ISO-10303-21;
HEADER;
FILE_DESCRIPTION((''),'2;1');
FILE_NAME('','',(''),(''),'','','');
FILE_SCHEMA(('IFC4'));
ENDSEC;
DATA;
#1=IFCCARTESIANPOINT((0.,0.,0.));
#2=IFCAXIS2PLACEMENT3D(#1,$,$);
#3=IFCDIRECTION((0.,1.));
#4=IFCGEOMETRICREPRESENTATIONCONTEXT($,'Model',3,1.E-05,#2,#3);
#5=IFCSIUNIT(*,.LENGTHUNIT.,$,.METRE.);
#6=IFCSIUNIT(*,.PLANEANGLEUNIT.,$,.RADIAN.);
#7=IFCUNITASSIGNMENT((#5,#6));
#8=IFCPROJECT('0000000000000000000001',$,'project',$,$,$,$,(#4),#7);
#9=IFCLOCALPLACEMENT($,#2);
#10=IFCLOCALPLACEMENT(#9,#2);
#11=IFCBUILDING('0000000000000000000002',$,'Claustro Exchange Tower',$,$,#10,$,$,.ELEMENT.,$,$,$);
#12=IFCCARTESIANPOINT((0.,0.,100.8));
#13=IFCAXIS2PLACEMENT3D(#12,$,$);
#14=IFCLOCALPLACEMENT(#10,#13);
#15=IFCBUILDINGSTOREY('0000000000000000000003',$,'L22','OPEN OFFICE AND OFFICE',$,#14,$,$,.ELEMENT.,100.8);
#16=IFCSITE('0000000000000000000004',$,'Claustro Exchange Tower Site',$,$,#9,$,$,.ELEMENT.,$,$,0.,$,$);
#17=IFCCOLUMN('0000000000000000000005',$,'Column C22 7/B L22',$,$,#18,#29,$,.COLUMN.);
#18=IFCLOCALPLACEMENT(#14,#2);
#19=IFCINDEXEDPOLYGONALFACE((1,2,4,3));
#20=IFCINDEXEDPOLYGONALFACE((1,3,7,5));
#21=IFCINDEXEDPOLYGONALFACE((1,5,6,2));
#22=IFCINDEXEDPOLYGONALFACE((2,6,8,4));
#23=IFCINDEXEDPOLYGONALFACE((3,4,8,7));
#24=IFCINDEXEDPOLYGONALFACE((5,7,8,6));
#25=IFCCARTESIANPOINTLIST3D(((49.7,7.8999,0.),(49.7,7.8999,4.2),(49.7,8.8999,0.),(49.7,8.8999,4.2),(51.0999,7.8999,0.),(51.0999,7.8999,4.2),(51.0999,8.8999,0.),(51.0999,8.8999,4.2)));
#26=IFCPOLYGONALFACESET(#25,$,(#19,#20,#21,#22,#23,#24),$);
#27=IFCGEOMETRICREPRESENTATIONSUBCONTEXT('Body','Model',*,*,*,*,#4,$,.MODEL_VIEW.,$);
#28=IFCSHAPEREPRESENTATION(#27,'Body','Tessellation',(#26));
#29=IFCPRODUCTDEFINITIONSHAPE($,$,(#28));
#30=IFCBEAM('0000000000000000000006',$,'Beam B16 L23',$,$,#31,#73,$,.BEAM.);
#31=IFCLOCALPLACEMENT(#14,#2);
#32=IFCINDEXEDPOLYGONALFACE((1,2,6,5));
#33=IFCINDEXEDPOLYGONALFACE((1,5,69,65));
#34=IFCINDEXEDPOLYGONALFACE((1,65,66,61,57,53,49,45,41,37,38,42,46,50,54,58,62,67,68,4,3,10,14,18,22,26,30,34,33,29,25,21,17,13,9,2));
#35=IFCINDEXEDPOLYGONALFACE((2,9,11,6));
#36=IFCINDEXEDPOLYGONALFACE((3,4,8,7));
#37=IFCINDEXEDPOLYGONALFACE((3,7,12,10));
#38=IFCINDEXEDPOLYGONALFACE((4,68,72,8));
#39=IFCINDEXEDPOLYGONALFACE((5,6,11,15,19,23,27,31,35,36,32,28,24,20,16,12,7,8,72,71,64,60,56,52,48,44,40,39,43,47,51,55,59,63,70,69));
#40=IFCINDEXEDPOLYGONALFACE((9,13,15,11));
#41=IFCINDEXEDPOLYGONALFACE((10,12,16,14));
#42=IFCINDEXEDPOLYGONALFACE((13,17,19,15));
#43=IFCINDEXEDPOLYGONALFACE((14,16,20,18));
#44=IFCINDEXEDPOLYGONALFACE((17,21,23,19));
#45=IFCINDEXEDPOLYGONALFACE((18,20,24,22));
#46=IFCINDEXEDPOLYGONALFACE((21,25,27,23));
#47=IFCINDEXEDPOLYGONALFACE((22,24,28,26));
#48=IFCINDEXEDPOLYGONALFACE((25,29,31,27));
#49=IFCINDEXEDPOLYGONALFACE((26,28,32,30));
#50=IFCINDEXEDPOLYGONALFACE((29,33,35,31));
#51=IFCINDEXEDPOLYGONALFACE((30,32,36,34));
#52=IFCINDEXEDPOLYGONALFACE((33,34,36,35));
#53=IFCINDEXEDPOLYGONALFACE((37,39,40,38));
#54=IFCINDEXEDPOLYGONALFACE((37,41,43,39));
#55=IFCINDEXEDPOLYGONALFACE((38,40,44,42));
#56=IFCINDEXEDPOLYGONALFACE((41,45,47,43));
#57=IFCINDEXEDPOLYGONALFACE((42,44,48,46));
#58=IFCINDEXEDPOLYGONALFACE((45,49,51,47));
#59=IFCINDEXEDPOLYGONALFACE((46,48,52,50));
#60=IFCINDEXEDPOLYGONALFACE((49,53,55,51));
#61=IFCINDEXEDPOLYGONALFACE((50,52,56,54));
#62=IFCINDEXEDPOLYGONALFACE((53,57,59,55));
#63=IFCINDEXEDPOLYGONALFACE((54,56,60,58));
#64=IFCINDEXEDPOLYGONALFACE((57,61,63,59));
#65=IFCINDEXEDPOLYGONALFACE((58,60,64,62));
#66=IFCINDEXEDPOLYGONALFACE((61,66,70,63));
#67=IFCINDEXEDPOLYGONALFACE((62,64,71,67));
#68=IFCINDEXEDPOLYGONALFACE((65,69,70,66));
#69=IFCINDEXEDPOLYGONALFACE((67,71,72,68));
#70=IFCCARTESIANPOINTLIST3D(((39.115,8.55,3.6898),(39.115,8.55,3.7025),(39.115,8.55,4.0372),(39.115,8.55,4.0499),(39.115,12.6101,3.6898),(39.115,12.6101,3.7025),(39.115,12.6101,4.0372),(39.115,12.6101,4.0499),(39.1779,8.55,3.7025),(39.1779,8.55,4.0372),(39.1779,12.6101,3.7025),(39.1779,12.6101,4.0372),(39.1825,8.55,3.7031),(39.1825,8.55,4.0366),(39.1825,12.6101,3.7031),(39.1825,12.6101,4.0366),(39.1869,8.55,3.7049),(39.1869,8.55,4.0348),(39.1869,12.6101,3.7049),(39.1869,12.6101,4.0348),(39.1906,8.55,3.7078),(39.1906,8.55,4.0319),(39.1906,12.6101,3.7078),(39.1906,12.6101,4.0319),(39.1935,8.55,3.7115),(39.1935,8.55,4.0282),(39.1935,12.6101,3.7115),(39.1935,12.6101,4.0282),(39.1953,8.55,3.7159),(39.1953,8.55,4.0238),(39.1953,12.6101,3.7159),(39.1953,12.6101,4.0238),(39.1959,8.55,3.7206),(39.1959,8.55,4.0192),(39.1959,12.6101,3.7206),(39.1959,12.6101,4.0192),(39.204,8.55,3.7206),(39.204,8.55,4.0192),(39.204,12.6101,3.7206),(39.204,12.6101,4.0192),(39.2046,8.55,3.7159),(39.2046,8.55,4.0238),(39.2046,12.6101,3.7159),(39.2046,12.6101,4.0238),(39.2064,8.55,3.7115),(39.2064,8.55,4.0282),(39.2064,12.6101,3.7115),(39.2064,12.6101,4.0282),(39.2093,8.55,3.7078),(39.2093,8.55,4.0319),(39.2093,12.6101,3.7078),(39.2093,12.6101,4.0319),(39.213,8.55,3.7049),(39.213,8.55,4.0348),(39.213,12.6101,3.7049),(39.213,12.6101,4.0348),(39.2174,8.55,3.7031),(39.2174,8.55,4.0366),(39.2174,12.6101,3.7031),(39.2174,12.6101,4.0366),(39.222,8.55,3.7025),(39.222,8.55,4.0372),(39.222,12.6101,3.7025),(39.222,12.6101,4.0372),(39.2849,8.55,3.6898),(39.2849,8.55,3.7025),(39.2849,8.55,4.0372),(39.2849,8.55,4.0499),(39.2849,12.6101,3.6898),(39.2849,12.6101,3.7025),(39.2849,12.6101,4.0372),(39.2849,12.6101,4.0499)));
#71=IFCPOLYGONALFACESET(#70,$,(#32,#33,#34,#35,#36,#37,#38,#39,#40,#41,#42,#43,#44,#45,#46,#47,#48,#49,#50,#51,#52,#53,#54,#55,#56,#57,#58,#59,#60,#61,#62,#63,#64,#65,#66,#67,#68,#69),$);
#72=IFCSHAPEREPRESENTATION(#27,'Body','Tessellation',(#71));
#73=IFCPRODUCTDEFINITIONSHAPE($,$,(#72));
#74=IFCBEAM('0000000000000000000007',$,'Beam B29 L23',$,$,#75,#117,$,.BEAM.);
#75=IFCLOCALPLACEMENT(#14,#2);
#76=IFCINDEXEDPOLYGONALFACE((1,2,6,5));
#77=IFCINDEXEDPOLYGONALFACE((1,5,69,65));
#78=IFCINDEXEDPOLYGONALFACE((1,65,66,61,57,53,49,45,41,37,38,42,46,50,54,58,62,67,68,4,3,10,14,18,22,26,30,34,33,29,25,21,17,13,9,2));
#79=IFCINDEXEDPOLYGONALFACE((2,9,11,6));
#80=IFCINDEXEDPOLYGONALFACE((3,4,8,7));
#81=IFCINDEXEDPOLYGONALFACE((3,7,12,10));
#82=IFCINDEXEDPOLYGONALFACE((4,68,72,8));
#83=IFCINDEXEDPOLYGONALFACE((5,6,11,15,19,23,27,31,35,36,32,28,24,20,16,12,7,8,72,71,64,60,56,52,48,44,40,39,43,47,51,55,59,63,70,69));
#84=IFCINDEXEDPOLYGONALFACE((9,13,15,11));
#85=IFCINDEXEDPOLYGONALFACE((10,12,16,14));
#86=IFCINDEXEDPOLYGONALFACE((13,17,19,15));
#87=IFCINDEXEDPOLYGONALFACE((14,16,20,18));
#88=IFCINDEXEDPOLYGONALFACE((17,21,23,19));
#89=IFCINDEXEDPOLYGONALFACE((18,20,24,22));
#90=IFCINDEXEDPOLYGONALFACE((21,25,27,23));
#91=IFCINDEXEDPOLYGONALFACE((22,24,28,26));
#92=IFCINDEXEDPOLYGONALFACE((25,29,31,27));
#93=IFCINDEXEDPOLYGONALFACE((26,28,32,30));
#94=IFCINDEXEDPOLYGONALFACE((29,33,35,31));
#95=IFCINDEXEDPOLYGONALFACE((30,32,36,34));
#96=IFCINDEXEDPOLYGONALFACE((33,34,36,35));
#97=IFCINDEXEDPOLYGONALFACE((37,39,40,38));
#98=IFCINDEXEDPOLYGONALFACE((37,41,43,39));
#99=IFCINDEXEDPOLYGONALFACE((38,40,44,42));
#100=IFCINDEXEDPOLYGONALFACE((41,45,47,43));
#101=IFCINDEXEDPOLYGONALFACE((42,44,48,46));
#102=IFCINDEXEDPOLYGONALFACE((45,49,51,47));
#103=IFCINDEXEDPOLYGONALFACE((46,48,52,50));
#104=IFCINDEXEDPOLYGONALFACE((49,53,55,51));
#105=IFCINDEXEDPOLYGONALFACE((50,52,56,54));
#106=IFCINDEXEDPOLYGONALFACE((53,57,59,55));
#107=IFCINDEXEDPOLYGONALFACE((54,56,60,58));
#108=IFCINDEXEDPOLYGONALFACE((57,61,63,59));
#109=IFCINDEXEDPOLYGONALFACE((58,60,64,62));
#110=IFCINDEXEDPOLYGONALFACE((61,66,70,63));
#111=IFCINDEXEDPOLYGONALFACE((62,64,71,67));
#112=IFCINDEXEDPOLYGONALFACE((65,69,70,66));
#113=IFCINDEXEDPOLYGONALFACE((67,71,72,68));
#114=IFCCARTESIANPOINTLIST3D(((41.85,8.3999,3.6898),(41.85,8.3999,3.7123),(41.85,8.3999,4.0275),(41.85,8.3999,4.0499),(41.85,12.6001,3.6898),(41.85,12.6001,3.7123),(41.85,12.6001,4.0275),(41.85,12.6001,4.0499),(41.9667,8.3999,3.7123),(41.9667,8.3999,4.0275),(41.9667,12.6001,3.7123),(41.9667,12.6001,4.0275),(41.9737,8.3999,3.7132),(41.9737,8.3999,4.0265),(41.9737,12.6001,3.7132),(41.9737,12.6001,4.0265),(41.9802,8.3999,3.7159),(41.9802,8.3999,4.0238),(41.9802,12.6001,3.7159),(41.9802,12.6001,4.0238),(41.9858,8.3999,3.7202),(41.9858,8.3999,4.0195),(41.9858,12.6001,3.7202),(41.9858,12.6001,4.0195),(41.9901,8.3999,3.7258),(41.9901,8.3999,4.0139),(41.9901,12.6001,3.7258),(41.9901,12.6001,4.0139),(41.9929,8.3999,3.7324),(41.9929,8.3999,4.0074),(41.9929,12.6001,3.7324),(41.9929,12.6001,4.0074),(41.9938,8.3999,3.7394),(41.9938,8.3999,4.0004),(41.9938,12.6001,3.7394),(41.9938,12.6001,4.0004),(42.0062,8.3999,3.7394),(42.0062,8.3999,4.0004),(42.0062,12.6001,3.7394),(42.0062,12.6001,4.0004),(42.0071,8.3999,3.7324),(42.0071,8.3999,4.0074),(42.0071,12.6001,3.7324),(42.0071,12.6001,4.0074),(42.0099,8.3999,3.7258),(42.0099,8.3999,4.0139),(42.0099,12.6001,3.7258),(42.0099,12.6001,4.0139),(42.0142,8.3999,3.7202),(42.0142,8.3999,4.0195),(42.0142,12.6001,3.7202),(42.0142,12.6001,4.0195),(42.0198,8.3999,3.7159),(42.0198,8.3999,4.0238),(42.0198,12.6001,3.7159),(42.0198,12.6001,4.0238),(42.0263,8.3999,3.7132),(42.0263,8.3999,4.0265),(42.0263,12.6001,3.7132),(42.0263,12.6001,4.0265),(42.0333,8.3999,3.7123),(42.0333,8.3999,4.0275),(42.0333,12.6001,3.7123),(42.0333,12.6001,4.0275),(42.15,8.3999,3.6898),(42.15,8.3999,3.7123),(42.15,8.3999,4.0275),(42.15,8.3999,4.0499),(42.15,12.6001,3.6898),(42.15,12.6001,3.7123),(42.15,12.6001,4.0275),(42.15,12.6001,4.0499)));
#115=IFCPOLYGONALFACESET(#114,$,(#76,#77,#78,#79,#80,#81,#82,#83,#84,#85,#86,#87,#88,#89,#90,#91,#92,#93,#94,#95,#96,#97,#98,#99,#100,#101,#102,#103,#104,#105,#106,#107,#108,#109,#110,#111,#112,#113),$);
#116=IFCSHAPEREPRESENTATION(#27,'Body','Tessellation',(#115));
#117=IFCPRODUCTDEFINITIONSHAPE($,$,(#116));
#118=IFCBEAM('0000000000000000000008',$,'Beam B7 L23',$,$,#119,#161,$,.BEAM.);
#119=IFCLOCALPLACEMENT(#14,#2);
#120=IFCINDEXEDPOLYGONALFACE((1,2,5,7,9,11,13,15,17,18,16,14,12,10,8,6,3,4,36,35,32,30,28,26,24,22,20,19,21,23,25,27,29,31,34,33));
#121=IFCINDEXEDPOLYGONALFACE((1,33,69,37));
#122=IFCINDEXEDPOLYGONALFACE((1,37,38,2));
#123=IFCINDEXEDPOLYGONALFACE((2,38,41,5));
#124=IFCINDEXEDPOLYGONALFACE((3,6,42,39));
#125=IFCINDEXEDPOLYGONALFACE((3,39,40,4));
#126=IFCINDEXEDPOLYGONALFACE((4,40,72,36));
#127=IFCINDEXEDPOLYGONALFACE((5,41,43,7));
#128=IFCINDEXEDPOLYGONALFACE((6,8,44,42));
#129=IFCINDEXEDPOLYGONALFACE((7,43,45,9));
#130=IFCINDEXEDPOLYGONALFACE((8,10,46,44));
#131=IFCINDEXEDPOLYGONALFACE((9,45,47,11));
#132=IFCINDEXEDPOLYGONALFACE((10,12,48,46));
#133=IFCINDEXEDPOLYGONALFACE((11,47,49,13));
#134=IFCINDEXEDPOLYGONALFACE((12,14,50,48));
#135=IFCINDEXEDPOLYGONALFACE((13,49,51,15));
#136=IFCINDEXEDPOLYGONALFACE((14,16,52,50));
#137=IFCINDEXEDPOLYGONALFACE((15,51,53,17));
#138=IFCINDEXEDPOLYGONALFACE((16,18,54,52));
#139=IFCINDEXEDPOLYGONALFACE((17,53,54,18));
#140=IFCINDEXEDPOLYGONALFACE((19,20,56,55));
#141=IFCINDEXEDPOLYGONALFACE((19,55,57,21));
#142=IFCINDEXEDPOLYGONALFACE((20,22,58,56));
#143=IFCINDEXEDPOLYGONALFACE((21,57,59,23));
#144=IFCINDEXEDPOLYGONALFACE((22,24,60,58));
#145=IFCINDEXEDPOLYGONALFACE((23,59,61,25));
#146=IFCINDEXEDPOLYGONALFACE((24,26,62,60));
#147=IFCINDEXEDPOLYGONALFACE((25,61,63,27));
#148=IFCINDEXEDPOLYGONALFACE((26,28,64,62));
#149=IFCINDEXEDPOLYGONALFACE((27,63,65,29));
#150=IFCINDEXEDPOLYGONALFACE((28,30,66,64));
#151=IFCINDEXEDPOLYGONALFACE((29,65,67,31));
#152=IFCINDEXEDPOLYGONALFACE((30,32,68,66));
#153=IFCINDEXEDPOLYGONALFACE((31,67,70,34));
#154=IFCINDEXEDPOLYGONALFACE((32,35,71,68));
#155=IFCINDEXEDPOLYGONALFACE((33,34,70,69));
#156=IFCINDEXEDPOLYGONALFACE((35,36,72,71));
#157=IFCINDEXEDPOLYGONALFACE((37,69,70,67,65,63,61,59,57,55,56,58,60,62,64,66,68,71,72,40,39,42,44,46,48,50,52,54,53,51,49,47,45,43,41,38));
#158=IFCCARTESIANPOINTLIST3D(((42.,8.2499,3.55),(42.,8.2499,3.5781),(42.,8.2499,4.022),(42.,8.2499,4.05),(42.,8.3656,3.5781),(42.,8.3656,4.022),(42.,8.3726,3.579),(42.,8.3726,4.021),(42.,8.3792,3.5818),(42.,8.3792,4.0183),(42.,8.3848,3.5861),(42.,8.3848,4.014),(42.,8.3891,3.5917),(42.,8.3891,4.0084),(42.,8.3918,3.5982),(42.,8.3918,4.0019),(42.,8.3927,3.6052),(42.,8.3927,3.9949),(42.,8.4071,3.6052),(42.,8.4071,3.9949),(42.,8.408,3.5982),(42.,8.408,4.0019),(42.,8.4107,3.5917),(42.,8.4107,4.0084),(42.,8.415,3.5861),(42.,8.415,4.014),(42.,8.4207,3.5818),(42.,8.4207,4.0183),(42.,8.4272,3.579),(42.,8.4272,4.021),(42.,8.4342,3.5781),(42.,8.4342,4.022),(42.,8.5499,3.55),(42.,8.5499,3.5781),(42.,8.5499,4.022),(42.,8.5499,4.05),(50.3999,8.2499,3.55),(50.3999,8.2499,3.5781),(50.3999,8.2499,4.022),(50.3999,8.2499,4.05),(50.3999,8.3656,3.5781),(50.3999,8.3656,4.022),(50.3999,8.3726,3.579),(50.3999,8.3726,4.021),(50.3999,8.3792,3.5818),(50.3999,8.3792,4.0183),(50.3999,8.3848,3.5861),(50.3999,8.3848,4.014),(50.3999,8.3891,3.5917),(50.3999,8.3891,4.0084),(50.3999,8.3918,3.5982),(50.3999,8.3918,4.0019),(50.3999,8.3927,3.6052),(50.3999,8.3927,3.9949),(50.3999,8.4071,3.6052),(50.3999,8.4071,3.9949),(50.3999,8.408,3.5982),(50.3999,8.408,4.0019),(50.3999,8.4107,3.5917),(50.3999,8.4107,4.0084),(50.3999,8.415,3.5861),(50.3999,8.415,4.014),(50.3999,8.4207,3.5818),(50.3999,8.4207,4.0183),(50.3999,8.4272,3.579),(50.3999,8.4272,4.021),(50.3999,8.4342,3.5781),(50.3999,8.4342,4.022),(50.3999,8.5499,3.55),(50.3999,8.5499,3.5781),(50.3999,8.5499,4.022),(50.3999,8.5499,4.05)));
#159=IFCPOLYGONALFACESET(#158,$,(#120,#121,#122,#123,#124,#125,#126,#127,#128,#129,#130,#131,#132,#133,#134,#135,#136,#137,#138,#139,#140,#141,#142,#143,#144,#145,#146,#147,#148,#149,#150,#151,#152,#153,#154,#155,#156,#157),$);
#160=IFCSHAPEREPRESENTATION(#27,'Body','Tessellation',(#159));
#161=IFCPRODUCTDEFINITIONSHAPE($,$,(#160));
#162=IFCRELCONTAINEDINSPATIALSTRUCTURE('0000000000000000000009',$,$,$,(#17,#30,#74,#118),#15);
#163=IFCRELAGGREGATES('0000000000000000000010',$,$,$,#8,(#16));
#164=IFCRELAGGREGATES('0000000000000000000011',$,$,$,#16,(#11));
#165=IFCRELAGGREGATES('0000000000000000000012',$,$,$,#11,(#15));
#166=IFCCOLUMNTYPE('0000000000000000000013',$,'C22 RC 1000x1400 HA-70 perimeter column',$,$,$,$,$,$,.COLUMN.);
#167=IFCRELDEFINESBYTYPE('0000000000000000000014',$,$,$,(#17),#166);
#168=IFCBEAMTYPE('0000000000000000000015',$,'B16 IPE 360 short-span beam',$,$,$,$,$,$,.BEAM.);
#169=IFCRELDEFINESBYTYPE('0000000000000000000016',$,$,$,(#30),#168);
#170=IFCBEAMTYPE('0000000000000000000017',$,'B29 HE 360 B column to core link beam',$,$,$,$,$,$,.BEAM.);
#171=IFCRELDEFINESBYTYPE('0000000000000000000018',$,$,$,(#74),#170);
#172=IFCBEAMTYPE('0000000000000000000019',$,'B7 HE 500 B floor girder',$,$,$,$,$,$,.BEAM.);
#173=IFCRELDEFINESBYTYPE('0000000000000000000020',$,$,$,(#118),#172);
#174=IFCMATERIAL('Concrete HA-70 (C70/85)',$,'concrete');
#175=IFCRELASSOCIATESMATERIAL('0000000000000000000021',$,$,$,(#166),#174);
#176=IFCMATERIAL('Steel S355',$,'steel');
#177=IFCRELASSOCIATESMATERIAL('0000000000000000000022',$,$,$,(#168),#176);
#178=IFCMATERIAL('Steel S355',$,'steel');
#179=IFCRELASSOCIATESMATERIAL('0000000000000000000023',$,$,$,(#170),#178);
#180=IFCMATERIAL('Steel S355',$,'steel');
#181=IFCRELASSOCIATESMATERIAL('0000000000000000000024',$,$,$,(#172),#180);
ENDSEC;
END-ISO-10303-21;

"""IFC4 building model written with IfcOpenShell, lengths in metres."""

from ifc_helpers import new_model, si_unit, direction, frame, origin, origin_2d, place, context, subcontext, project, spatial, rectangle, i_section, extrude, material, material_profile, profile_set, type_object, element, save


model = new_model("IFC4")

# Units and contexts
model_context = context("Model", 3, precision=1e-05, world=origin(), true_north=direction((0.0, 1.0)))
body_context = subcontext(model_context, "Body", "Model", "MODEL_VIEW")
ifc_project = project(units=[si_unit("LENGTHUNIT", "METRE"), si_unit("PLANEANGLEUNIT", "RADIAN")], contexts=[model_context])

# Site, building, storey
site_placement = place(None, origin())
site = spatial("IfcSite", under=ifc_project, at=site_placement, Name="Claustro Exchange Tower Site", CompositionType="ELEMENT", RefElevation=0.0)
building_placement = place(site_placement, origin())
building = spatial("IfcBuilding", under=site, at=building_placement, Name="Claustro Exchange Tower", CompositionType="ELEMENT")
storey_placement = place(building_placement, frame((0.0, 0.0, 100.8)))
storey = spatial("IfcBuildingStorey", under=building, at=storey_placement, Name="L22", Description="OPEN OFFICE AND OFFICE", CompositionType="ELEMENT", Elevation=100.8)

# Column
ifc_material_1 = material(Name="Concrete HA-70 (C70/85)", Category="concrete")
ifc_material_profile_1 = material_profile(ifc_material_1, rectangle(XDim=1.0, YDim=1.3999, at=origin_2d()), Name="RC 1000x1400")
ifc_profile_set_1 = profile_set([ifc_material_profile_1], Name="Concrete HA-70 (C70/85)")
column_type = type_object("IfcColumnType", Name="C22 RC 1000x1400 HA-70 perimeter column", PredefinedType="COLUMN", material=ifc_profile_set_1)
column_placement = place(storey_placement, frame((50.3999, 8.3999, 0.0), z_axis=(0.0, 0.0, 1.0), x_axis=(0.0, 1.0, 0.0)))
element("IfcColumn", 1, at=column_placement, inside=storey, type_object=column_type, Name="Column C22 7/B L22", PredefinedType="COLUMN", context=body_context, shape_type="SweptSolid", body=[
    extrude(rectangle(XDim=1.0, YDim=1.3999, at=origin_2d()), origin(), (0.0, 0.0, 1.0), 4.2),
])

# Beams
ifc_material_2 = material(Name="Steel S355", Category="steel")
ifc_material_profile_2 = material_profile(ifc_material_2, i_section(OverallWidth=0.1699, OverallDepth=0.3601, WebThickness=0.0081, FlangeThickness=0.0127, FilletRadius=0.0181, at=origin_2d()), Name="IPE 360")
ifc_profile_set_2 = profile_set([ifc_material_profile_2], Name="Steel S355")
beam_type_1 = type_object("IfcBeamType", Name="B16 IPE 360 short-span beam", PredefinedType="BEAM", material=ifc_profile_set_2)
beam_1_placement = place(storey_placement, frame((39.2, 8.55, 3.8699), z_axis=(0.0, 1.0, 0.0), x_axis=(-1.0, 0.0, 0.0)))
element("IfcBeam", 2, at=beam_1_placement, inside=storey, type_object=beam_type_1, Name="Beam B16 L23", PredefinedType="BEAM", context=body_context, shape_type="SweptSolid", body=[
    extrude(i_section(OverallWidth=0.1699, OverallDepth=0.3601, WebThickness=0.0081, FlangeThickness=0.0127, FilletRadius=0.0181, at=origin_2d()), origin(), (0.0, 0.0, 1.0), 4.0601),
])
ifc_material_3 = material(Name="Steel S355", Category="steel")
ifc_material_profile_3 = material_profile(ifc_material_3, i_section(OverallWidth=0.3, OverallDepth=0.3601, WebThickness=0.0125, FlangeThickness=0.0225, FilletRadius=0.0271, at=origin_2d()), Name="HE 360 B")
ifc_profile_set_3 = profile_set([ifc_material_profile_3], Name="Steel S355")
beam_type_2 = type_object("IfcBeamType", Name="B29 HE 360 B column to core link beam", PredefinedType="BEAM", material=ifc_profile_set_3)
beam_2_placement = place(storey_placement, frame((42.0, 8.3999, 3.8699), z_axis=(0.0, 1.0, 0.0), x_axis=(-1.0, 0.0, 0.0)))
element("IfcBeam", 3, at=beam_2_placement, inside=storey, type_object=beam_type_2, Name="Beam B29 L23", PredefinedType="BEAM", context=body_context, shape_type="SweptSolid", body=[
    extrude(i_section(OverallWidth=0.3, OverallDepth=0.3601, WebThickness=0.0125, FlangeThickness=0.0225, FilletRadius=0.0271, at=origin_2d()), origin(), (0.0, 0.0, 1.0), 4.2002),
])
ifc_material_4 = material(Name="Steel S355", Category="steel")
ifc_material_profile_4 = material_profile(ifc_material_4, i_section(OverallWidth=0.3, OverallDepth=0.5, WebThickness=0.0144, FlangeThickness=0.0281, FilletRadius=0.0271, at=origin_2d()), Name="HE 500 B")
ifc_profile_set_4 = profile_set([ifc_material_profile_4], Name="Steel S355")
beam_type_3 = type_object("IfcBeamType", Name="B7 HE 500 B floor girder", PredefinedType="BEAM", material=ifc_profile_set_4)
beam_3_placement = place(storey_placement, frame((42.0, 8.3999, 3.8), z_axis=(1.0, 0.0, 0.0), x_axis=(0.0, 1.0, 0.0)))
element("IfcBeam", 4, at=beam_3_placement, inside=storey, type_object=beam_type_3, Name="Beam B7 L23", PredefinedType="BEAM", context=body_context, shape_type="SweptSolid", body=[
    extrude(i_section(OverallWidth=0.3, OverallDepth=0.5, WebThickness=0.0144, FlangeThickness=0.0281, FilletRadius=0.0271, at=origin_2d()), origin(), (0.0, 0.0, 1.0), 8.3999),
])

save(model, "model.ifc")
